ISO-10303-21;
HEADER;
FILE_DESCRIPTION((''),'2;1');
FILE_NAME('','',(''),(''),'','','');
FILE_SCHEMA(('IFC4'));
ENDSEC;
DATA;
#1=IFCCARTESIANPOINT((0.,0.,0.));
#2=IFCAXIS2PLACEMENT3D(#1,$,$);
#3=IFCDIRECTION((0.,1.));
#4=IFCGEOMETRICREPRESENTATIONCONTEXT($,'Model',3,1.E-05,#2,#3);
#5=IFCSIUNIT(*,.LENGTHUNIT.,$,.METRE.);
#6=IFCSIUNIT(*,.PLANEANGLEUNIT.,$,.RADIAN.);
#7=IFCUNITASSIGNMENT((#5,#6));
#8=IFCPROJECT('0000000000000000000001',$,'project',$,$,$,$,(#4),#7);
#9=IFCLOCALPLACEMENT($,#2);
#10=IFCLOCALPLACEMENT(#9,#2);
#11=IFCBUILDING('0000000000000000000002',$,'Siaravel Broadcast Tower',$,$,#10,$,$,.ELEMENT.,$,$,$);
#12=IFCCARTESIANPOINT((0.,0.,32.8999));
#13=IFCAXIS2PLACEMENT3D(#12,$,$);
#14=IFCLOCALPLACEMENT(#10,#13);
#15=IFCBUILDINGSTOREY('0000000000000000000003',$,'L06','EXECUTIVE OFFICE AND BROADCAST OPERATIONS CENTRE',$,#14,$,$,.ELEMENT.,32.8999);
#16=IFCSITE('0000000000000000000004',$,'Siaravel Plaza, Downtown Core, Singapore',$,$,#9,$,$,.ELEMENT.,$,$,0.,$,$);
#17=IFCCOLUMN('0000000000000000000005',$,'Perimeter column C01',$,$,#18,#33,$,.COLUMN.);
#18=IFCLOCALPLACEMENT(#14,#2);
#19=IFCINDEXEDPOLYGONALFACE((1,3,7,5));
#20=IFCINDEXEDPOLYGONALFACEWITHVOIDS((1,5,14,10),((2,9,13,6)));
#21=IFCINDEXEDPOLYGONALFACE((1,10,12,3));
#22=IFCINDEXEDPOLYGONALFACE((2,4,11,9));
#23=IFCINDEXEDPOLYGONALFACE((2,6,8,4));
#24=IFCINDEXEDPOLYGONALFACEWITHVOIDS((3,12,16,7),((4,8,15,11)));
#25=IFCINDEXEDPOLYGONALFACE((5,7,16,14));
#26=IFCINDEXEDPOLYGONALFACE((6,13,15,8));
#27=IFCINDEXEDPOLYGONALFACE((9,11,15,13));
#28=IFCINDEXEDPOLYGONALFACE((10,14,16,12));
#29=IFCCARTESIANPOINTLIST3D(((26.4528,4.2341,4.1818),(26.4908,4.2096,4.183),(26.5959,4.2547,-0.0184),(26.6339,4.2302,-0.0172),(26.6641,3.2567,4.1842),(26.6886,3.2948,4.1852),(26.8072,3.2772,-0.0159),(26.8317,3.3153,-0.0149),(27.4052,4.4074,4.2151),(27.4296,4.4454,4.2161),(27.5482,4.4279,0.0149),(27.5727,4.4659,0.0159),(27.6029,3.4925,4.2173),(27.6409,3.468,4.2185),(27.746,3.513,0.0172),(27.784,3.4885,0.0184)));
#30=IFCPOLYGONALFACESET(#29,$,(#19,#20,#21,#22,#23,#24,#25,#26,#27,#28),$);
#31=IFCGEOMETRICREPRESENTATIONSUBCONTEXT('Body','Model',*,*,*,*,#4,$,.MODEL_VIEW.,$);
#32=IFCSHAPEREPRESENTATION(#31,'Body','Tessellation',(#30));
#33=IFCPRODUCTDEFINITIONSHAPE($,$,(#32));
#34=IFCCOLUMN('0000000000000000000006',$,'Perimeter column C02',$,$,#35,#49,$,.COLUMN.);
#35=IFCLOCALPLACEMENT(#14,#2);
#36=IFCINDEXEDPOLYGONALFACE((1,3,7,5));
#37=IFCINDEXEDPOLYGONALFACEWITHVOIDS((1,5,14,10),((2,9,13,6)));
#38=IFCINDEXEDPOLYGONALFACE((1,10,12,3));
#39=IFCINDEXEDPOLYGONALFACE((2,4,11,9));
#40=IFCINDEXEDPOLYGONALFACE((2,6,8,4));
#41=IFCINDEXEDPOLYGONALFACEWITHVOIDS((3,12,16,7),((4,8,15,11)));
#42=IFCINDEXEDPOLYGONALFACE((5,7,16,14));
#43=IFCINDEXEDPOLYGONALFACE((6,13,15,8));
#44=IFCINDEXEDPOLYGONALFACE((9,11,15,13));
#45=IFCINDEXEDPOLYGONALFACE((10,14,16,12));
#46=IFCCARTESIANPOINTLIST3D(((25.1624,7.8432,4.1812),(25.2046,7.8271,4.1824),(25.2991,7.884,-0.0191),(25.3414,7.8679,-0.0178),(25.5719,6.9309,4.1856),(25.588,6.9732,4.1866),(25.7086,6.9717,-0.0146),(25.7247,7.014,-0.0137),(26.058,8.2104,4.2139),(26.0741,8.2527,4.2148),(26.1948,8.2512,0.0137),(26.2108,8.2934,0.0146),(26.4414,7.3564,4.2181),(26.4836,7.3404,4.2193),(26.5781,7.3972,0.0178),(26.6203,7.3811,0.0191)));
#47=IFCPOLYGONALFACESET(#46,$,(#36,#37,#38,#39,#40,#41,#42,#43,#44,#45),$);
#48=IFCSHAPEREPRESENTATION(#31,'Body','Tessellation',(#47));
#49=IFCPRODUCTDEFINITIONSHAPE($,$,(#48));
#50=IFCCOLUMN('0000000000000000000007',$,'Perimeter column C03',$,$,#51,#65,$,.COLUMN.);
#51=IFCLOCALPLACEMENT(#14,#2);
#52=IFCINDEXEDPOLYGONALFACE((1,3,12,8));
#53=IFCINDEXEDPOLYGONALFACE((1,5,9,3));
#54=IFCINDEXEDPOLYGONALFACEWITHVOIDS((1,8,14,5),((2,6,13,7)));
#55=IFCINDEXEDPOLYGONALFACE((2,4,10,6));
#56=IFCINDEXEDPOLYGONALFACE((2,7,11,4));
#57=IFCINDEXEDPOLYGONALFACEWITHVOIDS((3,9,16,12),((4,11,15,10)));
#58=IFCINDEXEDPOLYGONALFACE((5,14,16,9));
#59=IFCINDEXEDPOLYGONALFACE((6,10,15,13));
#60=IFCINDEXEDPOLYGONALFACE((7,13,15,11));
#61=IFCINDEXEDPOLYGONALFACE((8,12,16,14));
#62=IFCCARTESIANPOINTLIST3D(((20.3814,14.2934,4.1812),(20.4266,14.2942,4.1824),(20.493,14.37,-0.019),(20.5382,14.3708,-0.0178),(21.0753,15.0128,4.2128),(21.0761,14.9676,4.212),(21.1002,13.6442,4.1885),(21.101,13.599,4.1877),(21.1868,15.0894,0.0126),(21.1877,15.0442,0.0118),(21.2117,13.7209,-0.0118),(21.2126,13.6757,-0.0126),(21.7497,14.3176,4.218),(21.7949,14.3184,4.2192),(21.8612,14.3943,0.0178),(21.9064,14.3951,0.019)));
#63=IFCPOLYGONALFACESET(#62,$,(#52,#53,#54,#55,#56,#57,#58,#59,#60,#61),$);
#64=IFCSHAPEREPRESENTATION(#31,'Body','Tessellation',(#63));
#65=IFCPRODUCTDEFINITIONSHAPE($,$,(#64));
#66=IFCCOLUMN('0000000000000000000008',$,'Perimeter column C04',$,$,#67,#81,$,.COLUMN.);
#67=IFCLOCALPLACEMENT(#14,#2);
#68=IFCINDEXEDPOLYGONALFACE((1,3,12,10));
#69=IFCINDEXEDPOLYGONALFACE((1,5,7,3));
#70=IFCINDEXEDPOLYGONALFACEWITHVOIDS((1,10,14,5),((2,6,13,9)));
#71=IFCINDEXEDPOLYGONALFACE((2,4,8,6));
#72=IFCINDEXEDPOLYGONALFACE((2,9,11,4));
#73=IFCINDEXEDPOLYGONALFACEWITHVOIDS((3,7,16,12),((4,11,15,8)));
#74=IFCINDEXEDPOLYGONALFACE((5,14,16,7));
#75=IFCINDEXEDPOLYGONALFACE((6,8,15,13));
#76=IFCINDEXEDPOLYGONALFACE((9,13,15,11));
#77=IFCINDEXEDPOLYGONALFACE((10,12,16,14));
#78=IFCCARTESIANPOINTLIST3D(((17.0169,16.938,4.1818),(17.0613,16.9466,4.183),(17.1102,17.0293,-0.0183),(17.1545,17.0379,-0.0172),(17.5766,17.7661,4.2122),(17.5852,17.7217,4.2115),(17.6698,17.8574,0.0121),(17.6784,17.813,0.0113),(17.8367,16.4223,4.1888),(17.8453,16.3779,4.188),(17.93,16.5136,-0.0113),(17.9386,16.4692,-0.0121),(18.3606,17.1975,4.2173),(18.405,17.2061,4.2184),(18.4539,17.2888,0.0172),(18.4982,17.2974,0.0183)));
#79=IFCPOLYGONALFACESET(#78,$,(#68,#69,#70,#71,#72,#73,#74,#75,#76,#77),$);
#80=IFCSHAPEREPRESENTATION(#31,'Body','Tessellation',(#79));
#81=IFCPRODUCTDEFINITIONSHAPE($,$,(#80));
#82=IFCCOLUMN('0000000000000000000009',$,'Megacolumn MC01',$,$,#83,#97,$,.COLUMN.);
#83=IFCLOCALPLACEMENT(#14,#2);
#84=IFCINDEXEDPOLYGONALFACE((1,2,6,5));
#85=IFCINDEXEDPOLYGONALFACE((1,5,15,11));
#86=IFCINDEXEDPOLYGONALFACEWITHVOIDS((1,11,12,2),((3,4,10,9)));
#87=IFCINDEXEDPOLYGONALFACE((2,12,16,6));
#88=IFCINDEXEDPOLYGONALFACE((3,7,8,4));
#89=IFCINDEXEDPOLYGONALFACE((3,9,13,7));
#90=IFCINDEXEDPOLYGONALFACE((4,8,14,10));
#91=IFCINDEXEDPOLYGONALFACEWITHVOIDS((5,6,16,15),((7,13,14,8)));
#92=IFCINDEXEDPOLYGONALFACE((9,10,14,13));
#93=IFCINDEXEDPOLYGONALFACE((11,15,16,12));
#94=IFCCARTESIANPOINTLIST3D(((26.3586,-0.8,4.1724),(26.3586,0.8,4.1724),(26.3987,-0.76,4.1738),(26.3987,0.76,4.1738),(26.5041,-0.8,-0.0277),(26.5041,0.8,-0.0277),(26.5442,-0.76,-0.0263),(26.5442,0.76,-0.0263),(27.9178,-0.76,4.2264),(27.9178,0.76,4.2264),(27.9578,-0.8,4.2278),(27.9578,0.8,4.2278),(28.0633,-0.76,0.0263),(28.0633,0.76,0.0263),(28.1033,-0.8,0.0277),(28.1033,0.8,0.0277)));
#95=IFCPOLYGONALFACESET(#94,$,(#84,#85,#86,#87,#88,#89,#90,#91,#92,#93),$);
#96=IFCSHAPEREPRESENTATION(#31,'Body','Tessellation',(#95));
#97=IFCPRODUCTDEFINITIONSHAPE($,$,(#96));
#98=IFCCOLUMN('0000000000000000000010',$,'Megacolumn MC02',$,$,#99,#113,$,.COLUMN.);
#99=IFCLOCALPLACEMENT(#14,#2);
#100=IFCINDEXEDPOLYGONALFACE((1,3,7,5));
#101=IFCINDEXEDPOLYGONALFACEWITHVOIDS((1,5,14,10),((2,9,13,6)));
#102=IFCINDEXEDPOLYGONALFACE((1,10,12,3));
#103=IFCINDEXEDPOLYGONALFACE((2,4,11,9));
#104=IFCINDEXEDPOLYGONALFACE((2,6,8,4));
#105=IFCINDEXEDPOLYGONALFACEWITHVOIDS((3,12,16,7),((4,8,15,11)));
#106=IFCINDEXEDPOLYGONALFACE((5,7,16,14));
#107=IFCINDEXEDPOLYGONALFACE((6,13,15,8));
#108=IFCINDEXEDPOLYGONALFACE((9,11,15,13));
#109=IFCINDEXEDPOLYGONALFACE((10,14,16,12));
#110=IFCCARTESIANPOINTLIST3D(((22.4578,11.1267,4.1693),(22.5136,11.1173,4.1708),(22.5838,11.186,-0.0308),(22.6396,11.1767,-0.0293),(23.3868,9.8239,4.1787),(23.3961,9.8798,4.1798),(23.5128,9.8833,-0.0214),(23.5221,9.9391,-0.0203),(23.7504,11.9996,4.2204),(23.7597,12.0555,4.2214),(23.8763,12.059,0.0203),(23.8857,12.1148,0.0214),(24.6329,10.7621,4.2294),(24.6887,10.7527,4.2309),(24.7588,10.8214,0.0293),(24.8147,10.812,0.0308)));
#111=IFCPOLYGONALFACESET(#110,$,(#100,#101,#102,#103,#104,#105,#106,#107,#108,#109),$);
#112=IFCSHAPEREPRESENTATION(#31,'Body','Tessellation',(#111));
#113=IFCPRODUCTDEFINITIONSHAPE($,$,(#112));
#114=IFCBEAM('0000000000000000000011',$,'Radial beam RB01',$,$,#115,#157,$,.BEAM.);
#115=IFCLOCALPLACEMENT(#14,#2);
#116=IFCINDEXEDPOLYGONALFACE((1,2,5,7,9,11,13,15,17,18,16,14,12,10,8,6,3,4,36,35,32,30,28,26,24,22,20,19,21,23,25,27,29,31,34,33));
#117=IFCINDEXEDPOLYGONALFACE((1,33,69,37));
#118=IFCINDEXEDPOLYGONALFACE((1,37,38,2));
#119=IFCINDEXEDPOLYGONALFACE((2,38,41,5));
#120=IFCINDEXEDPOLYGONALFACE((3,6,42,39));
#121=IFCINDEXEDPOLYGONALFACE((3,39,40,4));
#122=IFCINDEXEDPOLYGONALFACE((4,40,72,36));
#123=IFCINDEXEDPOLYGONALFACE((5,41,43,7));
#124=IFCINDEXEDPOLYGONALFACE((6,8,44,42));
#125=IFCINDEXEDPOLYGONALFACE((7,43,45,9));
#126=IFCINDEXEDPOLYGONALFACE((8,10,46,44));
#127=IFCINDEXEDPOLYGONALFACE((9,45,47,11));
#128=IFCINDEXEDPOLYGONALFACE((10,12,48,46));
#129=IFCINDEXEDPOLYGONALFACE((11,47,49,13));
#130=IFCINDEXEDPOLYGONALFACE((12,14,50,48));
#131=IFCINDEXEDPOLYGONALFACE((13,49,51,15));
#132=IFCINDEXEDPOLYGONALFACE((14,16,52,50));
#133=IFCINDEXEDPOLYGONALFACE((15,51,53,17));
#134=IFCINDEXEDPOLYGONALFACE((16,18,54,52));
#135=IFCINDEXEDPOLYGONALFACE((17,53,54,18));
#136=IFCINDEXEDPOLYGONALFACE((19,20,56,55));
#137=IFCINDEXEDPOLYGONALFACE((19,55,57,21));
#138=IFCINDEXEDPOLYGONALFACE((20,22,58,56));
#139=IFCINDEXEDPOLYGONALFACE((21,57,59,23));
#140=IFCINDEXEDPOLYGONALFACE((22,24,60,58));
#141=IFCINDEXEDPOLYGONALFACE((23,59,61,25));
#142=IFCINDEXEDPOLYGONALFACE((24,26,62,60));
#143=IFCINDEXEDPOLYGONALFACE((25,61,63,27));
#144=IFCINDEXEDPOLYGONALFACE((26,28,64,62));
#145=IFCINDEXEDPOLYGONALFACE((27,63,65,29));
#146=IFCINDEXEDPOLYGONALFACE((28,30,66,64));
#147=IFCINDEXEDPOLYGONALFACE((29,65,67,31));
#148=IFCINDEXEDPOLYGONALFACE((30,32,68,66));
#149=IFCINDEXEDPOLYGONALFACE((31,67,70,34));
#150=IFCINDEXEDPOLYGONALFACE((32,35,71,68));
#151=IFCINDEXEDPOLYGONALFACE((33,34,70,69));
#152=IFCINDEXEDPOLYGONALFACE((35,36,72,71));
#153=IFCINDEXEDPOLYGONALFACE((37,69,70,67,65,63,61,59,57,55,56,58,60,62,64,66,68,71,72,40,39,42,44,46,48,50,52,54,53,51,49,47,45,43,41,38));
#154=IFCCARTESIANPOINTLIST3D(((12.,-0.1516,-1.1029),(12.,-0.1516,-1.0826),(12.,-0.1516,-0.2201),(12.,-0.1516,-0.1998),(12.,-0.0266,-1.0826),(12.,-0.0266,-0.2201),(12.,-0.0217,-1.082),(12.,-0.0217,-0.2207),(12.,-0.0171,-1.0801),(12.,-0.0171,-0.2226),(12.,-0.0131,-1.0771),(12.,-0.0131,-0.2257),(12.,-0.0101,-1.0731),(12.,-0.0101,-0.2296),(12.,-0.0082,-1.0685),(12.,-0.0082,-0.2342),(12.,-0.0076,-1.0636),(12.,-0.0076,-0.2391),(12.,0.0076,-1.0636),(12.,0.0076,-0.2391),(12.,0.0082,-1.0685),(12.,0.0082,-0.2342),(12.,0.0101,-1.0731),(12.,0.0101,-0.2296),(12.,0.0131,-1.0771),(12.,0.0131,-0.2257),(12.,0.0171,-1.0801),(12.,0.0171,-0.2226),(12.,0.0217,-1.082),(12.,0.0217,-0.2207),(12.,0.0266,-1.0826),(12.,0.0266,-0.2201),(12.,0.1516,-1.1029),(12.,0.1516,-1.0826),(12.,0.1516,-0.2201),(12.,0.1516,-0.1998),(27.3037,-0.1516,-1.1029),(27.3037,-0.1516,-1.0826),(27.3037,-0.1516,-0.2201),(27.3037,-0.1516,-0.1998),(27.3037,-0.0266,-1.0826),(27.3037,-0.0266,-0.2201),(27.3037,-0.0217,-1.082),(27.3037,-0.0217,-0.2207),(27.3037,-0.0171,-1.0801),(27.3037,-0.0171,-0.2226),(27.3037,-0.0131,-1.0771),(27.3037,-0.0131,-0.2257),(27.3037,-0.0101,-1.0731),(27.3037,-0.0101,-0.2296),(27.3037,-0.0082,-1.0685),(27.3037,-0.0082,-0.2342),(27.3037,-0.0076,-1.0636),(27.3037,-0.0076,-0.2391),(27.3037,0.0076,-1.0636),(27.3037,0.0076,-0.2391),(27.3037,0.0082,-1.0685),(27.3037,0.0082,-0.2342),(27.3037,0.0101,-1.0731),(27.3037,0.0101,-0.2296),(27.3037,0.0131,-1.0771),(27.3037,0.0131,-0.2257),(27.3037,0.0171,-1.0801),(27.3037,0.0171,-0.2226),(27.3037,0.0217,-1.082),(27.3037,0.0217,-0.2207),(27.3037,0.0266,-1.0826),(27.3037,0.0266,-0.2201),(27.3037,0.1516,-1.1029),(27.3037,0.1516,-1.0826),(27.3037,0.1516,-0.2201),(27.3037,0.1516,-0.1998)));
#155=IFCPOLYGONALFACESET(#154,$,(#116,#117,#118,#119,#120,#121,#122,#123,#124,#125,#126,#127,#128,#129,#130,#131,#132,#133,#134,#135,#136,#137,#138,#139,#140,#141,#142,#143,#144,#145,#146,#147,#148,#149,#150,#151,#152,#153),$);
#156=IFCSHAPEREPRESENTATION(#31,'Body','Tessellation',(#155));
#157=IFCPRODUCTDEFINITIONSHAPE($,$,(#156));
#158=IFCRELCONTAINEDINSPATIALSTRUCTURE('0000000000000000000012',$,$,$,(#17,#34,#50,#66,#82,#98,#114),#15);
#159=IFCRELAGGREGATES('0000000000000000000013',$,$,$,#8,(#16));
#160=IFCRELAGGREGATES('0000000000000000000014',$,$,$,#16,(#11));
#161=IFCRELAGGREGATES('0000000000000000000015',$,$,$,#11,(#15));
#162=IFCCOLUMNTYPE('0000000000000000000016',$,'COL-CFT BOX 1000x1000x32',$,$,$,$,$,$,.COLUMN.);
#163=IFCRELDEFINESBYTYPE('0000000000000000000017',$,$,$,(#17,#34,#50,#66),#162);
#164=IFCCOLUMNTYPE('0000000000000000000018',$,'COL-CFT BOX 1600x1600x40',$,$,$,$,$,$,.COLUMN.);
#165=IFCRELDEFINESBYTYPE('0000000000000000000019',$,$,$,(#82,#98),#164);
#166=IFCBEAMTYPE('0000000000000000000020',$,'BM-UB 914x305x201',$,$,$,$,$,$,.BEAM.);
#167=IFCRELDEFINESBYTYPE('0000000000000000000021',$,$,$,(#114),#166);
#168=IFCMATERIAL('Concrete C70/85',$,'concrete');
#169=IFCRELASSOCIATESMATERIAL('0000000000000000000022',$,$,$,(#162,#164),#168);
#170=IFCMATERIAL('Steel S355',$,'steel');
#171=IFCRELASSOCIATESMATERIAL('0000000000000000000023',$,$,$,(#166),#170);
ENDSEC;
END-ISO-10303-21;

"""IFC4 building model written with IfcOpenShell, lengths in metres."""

from ifc_helpers import new_model, si_unit, direction, frame, origin, origin_2d, place, context, subcontext, project, spatial, hollow_rectangle, i_section, extrude, material, material_profile, profile_set, type_object, element, save


model = new_model("IFC4")

# Units and contexts
model_context = context("Model", 3, precision=1e-05, world=origin(), true_north=direction((0.0, 1.0)))
body_context = subcontext(model_context, "Body", "Model", "MODEL_VIEW")
ifc_project = project(units=[si_unit("LENGTHUNIT", "METRE"), si_unit("PLANEANGLEUNIT", "RADIAN")], contexts=[model_context])

# Site, building, storey
site_placement = place(None, origin())
site = spatial("IfcSite", under=ifc_project, at=site_placement, Name="Siaravel Plaza, Downtown Core, Singapore", CompositionType="ELEMENT", RefElevation=0.0)
building_placement = place(site_placement, origin())
building = spatial("IfcBuilding", under=site, at=building_placement, Name="Siaravel Broadcast Tower", CompositionType="ELEMENT")
storey_placement = place(building_placement, frame((0.0, 0.0, 32.8999)))
storey = spatial("IfcBuildingStorey", under=building, at=storey_placement, Name="L06", Description="EXECUTIVE OFFICE AND BROADCAST OPERATIONS CENTRE", CompositionType="ELEMENT", Elevation=32.8999)

# Columns
ifc_material_1 = material(Name="Concrete C70/85", Category="concrete")
ifc_material_profile_1 = material_profile(ifc_material_1, hollow_rectangle(XDim=1.0, YDim=1.0, WallThickness=0.032, at=origin_2d()))
ifc_profile_set_1 = profile_set([ifc_material_profile_1], Name="Concrete C70/85")
column_type_1 = type_object("IfcColumnType", Name="COL-CFT BOX 1000x1000x32", PredefinedType="COLUMN", material=ifc_profile_set_1)
for number, where, z_axis, x_axis, name in (
    (1, (27.1899, 3.8716, 0.0), (-0.034042, -0.00488, 0.999409), (0.211309, -0.977416, 0.002425), "Perimeter column C01"),
    (2, (25.9597, 7.6326, 0.0), (-0.032532, -0.009701, 0.999424), (0.409521, -0.91229, 0.004475), "Perimeter column C02"),
):
    element("IfcColumn", number, at=place(storey_placement, frame(where, z_axis=z_axis, x_axis=x_axis)), inside=storey, type_object=column_type_1, Name=name, PredefinedType="COLUMN", context=body_context, shape_type="SweptSolid", body=[
        extrude(hollow_rectangle(XDim=1.0, YDim=1.0, WallThickness=0.032, at=origin_2d()), origin(), (0.0, 0.0, 1.0), 4.2026),
    ])
column_1_placement = place(storey_placement, frame((21.1997, 14.3826, 0.0), z_axis=(-0.02655, -0.018242, 0.999481), x_axis=(0.7196, -0.694359, 0.006442)))
element("IfcColumn", 3, at=column_1_placement, inside=storey, type_object=column_type_1, Name="Perimeter column C03", PredefinedType="COLUMN", context=body_context, shape_type="SweptSolid", body=[
    extrude(hollow_rectangle(XDim=1.0, YDim=1.0, WallThickness=0.032, at=origin_2d()), origin(), (0.0, 0.0, 1.0), 4.2024),
])
column_2_placement = place(storey_placement, frame((17.8042, 17.1633, 0.0), z_axis=(-0.022193, -0.021729, 0.999518), x_axis=(0.828409, -0.560089, 0.006218)))
element("IfcColumn", 4, at=column_2_placement, inside=storey, type_object=column_type_1, Name="Perimeter column C04", PredefinedType="COLUMN", context=body_context, shape_type="SweptSolid", body=[
    extrude(hollow_rectangle(XDim=1.0, YDim=1.0, WallThickness=0.032, at=origin_2d()), origin(), (0.0, 0.0, 1.0), 4.2021),
])
ifc_material_profile_2 = material_profile(ifc_material_1, hollow_rectangle(XDim=1.6001, YDim=1.6001, WallThickness=0.04, at=origin_2d()))
ifc_profile_set_2 = profile_set([ifc_material_profile_2], Name="Concrete C70/85")
column_type_2 = type_object("IfcColumnType", Name="COL-CFT BOX 1600x1600x40", PredefinedType="COLUMN", material=ifc_profile_set_2)
column_3_placement = place(storey_placement, frame((27.3037, 0.0, 0.0), z_axis=(-0.034622, 0.0, 0.9994), x_axis=(0.0, -1.0, 0.0)))
element("IfcColumn", 5, at=column_3_placement, inside=storey, type_object=column_type_2, Name="Megacolumn MC01", PredefinedType="COLUMN", context=body_context, shape_type="SweptSolid", body=[
    extrude(hollow_rectangle(XDim=1.6001, YDim=1.6001, WallThickness=0.04, at=origin_2d()), origin(), (0.0, 0.0, 1.0), 4.2026),
])
column_4_placement = place(storey_placement, frame((23.6992, 10.999, 0.0), z_axis=(-0.029977, -0.014117, 0.999451), x_axis=(0.580588, -0.814176, 0.005914)))
element("IfcColumn", 6, at=column_4_placement, inside=storey, type_object=column_type_2, Name="Megacolumn MC02", PredefinedType="COLUMN", context=body_context, shape_type="SweptSolid", body=[
    extrude(hollow_rectangle(XDim=1.6001, YDim=1.6001, WallThickness=0.04, at=origin_2d()), origin(), (0.0, 0.0, 1.0), 4.2024),
])

# Beam
ifc_material_2 = material(Name="Steel S355", Category="steel")
ifc_material_profile_3 = material_profile(ifc_material_2, i_section(OverallWidth=0.3032, OverallDepth=0.9031, WebThickness=0.0151, FlangeThickness=0.0203, FilletRadius=0.019, at=origin_2d()))
ifc_profile_set_3 = profile_set([ifc_material_profile_3], Name="Steel S355")
beam_type = type_object("IfcBeamType", Name="BM-UB 914x305x201", PredefinedType="BEAM", material=ifc_profile_set_3)
beam_1_placement = place(storey_placement, frame((27.3037, 0.0, -0.6514), z_axis=(-1.0, 0.0, 0.0), x_axis=(0.0, -1.0, 0.0)))
element("IfcBeam", 7, at=beam_1_placement, inside=storey, type_object=beam_type, Name="Radial beam RB01", PredefinedType="BEAM", context=body_context, shape_type="SweptSolid", body=[
    extrude(i_section(OverallWidth=0.3032, OverallDepth=0.9031, WebThickness=0.0151, FlangeThickness=0.0203, FilletRadius=0.019, at=origin_2d()), origin(), (0.0, 0.0, 1.0), 15.3037),
])

save(model, "model.ifc")
